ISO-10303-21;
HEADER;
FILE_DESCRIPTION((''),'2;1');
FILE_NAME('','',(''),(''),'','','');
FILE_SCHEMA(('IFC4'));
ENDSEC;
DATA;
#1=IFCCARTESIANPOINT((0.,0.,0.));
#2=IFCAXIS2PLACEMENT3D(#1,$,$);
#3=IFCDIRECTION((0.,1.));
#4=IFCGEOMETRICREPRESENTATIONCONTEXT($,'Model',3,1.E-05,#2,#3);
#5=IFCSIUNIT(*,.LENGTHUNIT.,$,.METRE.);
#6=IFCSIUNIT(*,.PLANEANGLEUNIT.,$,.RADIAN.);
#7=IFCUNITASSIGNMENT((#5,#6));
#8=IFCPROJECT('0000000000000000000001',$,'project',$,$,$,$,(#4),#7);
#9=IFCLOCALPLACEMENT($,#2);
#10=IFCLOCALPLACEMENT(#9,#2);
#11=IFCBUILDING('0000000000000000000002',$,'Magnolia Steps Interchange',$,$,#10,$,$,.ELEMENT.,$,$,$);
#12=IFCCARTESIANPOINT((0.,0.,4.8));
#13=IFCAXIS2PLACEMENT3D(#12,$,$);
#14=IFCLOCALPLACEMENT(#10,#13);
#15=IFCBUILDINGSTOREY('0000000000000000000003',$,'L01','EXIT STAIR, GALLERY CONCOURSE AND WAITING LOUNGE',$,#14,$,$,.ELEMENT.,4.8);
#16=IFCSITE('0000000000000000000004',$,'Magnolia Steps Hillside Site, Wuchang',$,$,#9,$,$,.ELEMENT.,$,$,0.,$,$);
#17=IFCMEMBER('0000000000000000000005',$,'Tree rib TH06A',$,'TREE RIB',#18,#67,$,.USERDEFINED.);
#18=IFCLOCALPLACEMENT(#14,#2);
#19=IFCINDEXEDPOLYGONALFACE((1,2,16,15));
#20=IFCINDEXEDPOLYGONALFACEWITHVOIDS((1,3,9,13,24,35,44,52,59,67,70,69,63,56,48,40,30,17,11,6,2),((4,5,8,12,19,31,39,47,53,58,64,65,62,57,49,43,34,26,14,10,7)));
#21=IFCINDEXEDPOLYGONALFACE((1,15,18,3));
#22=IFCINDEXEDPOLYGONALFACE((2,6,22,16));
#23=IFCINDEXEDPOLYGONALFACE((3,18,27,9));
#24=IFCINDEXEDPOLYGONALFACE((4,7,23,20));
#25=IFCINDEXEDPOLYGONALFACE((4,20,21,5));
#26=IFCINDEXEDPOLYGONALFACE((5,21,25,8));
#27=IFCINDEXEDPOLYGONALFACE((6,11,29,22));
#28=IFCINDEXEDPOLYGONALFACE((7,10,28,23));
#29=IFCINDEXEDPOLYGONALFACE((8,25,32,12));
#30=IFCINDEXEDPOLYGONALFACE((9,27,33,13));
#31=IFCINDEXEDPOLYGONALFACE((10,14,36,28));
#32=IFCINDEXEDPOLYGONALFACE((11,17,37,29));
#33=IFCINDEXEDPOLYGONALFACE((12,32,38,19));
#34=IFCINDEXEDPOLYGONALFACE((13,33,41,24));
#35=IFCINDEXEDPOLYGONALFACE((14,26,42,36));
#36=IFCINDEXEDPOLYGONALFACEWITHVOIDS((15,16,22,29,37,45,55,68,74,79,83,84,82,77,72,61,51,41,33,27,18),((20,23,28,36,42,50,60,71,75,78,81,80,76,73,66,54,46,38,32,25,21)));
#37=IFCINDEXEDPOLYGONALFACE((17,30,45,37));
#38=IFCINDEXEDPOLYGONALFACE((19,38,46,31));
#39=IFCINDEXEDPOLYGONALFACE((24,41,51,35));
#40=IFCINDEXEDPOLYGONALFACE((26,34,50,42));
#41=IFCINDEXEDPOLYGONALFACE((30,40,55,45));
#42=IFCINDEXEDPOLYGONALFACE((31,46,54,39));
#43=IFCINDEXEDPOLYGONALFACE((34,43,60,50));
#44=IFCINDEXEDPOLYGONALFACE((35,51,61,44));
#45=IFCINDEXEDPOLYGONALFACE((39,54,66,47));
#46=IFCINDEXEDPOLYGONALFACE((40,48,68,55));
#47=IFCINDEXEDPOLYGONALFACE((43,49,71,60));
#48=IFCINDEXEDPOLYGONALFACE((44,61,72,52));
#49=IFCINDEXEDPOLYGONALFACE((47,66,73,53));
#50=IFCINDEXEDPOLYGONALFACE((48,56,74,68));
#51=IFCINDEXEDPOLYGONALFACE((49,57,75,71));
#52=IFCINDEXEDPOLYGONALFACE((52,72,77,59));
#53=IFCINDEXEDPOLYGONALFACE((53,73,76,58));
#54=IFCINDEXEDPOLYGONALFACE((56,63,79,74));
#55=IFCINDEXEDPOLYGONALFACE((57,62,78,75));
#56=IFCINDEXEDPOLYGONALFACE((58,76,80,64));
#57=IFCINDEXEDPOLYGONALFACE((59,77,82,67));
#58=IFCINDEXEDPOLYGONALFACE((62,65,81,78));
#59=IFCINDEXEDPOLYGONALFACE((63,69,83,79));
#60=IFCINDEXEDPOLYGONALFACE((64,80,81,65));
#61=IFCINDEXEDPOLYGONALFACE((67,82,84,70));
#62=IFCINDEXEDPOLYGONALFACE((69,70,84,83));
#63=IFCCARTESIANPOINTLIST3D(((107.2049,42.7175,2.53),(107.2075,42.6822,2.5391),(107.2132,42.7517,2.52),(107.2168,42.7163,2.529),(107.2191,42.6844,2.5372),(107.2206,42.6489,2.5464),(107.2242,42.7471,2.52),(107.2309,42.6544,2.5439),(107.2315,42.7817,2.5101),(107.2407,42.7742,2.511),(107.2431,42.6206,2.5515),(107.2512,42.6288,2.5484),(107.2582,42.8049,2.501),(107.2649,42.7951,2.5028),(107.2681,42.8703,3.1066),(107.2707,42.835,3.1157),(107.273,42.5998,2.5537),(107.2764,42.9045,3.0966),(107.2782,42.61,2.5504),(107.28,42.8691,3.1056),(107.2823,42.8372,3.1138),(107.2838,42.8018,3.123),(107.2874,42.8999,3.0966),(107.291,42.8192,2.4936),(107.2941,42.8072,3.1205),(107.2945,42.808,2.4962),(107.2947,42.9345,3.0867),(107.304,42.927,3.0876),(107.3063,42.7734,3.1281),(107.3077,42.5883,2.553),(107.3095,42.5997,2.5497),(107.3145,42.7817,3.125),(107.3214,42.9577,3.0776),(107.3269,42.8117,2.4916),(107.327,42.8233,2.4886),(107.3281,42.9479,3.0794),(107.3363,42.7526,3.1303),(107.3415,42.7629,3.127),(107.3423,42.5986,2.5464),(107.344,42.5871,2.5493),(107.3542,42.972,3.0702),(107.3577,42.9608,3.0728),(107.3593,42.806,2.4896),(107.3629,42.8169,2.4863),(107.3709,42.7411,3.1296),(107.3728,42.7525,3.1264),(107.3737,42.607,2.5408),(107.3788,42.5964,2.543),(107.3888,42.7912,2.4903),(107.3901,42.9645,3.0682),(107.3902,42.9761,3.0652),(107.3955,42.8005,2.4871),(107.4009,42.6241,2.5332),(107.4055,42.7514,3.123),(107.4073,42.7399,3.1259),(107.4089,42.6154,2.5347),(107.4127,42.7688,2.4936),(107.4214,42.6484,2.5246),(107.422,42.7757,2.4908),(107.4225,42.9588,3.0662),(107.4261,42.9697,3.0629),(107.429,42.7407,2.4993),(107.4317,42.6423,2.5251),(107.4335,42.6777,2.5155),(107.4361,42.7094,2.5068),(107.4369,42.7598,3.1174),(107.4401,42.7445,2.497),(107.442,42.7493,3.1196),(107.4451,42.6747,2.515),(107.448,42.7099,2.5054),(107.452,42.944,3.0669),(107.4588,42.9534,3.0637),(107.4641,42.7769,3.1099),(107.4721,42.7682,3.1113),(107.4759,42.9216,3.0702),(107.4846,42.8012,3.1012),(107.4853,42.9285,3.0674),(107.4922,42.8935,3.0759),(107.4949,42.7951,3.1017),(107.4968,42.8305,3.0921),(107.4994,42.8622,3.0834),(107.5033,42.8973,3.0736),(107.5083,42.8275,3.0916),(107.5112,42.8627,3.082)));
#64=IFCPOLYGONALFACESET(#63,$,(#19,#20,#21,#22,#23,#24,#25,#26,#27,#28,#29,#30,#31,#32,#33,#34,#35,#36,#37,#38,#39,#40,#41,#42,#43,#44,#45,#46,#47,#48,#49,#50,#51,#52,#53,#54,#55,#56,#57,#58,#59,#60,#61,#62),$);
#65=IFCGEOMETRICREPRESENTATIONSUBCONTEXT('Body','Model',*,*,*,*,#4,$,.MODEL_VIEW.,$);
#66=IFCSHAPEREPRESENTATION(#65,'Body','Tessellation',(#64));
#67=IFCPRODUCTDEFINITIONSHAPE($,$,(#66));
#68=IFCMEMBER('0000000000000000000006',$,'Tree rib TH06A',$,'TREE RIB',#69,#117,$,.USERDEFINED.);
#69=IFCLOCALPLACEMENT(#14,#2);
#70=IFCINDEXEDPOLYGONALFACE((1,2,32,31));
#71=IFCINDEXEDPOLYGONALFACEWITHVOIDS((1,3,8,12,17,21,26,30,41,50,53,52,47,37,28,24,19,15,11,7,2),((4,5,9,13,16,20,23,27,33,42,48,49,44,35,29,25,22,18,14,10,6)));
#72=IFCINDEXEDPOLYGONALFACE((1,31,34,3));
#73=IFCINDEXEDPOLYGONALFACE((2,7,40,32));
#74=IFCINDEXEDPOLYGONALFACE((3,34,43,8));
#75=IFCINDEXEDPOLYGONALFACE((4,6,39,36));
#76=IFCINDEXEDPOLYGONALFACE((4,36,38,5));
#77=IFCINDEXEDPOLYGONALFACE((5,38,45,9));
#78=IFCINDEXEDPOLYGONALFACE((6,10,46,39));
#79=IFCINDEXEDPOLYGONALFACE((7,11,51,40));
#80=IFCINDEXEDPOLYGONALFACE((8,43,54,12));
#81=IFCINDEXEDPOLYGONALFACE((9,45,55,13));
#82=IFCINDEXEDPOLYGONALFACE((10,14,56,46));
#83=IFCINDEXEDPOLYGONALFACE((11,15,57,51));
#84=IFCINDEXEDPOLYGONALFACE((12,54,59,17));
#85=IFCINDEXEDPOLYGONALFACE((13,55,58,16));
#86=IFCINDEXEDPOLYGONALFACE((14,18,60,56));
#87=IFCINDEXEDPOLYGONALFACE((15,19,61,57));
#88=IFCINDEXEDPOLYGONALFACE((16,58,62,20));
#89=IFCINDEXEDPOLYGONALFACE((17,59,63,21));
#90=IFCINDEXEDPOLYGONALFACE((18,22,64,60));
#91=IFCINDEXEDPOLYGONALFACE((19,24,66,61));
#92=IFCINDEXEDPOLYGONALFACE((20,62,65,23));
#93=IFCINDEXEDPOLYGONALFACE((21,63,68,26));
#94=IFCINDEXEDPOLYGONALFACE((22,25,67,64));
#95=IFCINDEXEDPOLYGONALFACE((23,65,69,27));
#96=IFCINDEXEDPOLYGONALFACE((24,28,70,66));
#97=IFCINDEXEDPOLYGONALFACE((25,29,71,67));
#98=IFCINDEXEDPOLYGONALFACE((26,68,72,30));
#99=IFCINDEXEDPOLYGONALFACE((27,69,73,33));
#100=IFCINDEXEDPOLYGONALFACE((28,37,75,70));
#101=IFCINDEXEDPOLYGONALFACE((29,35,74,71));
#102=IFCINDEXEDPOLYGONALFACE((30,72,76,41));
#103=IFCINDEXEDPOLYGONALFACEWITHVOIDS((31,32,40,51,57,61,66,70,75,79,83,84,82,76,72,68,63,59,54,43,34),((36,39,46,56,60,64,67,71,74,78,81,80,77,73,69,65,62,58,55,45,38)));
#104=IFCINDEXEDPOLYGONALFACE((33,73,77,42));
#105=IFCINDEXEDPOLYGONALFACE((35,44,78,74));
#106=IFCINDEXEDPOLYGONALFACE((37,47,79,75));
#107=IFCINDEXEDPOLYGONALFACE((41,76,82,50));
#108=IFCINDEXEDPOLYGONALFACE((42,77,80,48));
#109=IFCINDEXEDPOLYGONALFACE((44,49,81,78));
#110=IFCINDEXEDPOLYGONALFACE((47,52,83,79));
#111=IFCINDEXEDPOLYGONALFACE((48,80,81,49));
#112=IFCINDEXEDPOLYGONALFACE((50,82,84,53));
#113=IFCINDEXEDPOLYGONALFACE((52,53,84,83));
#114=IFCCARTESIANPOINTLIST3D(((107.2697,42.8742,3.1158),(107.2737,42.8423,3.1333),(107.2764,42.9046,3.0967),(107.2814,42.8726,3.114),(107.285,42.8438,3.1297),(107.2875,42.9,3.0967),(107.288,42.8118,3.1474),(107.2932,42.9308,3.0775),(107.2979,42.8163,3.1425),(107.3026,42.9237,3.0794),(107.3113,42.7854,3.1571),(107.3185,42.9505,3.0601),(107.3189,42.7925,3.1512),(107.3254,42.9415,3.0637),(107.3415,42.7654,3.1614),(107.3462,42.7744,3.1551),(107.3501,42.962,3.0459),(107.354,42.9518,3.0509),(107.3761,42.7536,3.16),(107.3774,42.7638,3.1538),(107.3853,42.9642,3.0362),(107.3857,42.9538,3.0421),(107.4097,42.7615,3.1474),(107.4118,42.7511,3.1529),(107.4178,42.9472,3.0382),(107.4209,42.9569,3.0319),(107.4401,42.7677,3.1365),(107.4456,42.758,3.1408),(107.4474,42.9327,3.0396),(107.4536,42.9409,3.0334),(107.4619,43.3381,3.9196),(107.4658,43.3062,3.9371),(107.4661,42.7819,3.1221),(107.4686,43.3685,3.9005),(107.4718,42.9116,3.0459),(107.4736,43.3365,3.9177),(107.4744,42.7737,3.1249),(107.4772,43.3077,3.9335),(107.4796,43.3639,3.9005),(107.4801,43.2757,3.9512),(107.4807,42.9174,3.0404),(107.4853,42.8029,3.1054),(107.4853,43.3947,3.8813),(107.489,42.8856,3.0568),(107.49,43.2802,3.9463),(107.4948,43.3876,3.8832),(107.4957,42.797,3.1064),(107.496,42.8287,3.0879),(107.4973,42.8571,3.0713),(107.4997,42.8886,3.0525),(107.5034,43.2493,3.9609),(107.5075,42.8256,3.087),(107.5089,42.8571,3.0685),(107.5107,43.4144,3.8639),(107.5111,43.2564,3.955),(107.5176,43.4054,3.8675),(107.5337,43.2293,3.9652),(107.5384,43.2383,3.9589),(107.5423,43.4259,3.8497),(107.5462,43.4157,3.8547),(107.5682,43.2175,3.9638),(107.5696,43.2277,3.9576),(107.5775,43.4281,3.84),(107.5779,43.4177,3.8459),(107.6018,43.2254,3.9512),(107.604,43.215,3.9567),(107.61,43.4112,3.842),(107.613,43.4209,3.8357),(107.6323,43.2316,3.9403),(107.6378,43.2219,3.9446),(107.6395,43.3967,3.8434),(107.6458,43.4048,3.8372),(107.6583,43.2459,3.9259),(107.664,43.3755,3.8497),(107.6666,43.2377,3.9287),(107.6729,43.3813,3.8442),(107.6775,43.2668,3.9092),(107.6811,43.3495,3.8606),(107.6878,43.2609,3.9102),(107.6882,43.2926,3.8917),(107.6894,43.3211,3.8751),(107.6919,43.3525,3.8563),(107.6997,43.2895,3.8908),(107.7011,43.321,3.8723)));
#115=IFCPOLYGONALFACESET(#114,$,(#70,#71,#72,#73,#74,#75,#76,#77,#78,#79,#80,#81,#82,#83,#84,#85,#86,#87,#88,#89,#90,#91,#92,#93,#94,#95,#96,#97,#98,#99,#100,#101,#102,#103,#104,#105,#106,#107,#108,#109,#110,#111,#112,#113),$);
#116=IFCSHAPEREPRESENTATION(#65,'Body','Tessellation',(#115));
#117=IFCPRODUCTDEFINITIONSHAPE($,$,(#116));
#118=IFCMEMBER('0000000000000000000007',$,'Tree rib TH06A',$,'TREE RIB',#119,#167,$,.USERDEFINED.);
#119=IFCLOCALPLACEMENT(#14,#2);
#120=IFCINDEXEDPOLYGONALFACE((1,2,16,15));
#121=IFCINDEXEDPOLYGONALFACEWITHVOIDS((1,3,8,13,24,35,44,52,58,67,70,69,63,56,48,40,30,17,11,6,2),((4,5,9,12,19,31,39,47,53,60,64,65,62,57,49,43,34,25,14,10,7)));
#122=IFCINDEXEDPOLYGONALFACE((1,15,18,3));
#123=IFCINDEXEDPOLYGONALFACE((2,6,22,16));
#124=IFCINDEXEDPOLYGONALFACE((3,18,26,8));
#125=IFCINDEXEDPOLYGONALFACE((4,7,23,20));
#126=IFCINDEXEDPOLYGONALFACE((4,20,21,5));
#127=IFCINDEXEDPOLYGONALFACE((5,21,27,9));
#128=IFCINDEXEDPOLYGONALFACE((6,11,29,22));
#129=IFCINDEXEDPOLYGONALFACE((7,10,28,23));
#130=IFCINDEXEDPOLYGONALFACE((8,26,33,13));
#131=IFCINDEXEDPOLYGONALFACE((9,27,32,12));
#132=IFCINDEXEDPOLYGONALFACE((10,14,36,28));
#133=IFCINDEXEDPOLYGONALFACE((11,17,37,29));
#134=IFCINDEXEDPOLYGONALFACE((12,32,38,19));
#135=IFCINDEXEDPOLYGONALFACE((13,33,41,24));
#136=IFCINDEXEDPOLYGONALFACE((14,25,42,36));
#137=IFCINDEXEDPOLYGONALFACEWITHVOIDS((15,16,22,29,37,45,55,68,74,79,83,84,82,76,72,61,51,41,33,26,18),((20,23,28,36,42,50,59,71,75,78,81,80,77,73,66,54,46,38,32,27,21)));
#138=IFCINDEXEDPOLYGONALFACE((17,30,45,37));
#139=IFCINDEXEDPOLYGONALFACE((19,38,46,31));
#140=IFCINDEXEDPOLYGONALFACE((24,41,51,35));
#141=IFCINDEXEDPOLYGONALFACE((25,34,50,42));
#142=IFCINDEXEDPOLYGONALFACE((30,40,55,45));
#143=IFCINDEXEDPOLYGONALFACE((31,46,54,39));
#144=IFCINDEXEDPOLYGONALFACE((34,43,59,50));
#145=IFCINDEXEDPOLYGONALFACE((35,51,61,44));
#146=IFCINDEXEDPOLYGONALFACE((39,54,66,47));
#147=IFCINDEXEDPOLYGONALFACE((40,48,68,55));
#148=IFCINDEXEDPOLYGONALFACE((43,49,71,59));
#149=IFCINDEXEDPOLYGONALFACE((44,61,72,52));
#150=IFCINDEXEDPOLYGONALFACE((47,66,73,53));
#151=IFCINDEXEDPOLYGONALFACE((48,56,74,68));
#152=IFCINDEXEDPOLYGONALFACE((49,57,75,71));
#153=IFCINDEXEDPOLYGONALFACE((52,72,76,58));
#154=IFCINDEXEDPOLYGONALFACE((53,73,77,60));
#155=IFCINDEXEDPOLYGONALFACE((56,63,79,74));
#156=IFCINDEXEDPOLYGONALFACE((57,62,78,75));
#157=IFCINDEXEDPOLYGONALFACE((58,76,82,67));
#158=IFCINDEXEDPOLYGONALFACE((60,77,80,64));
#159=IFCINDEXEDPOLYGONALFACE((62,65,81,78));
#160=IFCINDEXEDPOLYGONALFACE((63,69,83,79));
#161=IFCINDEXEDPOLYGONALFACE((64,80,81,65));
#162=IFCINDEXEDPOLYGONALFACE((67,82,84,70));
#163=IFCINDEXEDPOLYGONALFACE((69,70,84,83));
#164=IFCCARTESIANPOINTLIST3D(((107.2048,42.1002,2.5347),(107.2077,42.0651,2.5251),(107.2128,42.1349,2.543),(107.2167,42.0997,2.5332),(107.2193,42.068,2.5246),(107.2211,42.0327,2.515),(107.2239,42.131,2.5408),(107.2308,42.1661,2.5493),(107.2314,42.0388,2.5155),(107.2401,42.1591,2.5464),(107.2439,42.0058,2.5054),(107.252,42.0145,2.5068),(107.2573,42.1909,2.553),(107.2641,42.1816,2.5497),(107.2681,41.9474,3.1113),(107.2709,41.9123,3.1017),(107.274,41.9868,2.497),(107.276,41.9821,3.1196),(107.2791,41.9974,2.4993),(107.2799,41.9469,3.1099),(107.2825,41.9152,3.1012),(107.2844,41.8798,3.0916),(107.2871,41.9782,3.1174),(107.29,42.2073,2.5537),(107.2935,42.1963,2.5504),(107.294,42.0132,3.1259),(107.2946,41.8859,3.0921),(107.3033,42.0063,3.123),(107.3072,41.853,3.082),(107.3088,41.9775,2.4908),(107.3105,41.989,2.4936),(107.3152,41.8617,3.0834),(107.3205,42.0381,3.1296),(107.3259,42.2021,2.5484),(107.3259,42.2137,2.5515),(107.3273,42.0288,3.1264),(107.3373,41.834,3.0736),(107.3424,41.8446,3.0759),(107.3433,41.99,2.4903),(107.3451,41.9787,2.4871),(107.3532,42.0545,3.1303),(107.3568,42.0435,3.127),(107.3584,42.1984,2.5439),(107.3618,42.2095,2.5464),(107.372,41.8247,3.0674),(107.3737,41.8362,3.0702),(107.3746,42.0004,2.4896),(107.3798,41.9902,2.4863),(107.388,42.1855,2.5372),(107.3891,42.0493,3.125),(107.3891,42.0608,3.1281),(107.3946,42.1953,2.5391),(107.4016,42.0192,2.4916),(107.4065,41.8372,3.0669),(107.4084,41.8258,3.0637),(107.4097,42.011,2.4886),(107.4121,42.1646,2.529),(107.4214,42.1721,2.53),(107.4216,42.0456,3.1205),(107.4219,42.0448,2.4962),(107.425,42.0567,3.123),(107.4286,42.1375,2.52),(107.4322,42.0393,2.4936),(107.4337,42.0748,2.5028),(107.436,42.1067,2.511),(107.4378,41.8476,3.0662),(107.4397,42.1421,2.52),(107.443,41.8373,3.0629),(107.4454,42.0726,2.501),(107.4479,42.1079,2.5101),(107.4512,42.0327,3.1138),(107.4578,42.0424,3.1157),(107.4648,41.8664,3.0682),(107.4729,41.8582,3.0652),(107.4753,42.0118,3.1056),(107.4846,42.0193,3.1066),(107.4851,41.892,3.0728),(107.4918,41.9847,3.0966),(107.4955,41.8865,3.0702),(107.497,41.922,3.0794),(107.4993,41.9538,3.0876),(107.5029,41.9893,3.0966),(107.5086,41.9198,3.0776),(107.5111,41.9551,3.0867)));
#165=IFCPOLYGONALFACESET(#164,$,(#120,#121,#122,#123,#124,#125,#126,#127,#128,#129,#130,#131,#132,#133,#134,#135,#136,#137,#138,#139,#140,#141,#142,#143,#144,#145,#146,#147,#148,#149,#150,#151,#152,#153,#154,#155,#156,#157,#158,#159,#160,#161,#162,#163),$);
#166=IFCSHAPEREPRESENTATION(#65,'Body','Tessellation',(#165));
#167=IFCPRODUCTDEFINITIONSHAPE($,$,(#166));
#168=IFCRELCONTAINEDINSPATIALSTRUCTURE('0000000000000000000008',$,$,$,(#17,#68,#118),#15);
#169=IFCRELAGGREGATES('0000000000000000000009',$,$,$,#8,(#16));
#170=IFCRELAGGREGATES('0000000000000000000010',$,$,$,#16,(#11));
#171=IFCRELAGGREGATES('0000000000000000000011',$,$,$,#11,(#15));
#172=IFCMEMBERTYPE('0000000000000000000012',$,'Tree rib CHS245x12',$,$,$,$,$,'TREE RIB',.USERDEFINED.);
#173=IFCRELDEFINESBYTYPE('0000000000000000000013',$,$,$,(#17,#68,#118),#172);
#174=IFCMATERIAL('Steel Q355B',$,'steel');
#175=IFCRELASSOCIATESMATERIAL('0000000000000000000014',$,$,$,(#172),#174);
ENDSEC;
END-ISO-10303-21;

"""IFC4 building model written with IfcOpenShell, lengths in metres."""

from ifc_helpers import new_model, si_unit, direction, frame, origin, origin_2d, place, context, subcontext, project, spatial, hollow_circle, extrude, material, material_profile, profile_set, type_object, element, save


model = new_model("IFC4")

# Units and contexts
model_context = context("Model", 3, precision=1e-05, world=origin(), true_north=direction((0.0, 1.0)))
body_context = subcontext(model_context, "Body", "Model", "MODEL_VIEW")
ifc_project = project(units=[si_unit("LENGTHUNIT", "METRE"), si_unit("PLANEANGLEUNIT", "RADIAN")], contexts=[model_context])

# Site, building, storey
site_placement = place(None, origin())
site = spatial("IfcSite", under=ifc_project, at=site_placement, Name="Magnolia Steps Hillside Site, Wuchang", CompositionType="ELEMENT", RefElevation=0.0)
building_placement = place(site_placement, origin())
building = spatial("IfcBuilding", under=site, at=building_placement, Name="Magnolia Steps Interchange", CompositionType="ELEMENT")
storey_placement = place(building_placement, frame((0.0, 0.0, 4.8)))
storey = spatial("IfcBuildingStorey", under=building, at=storey_placement, Name="L01", Description="EXIT STAIR, GALLERY CONCOURSE AND WAITING LOUNGE", CompositionType="ELEMENT", Elevation=4.8)

# Members
ifc_material_1 = material(Name="Steel Q355B", Category="steel")
ifc_material_profile_1 = material_profile(ifc_material_1, hollow_circle(Radius=0.1226, WallThickness=0.012, at=origin_2d()), Name="CHS245x12")
ifc_profile_set_1 = profile_set([ifc_material_profile_1], Name="Steel Q355B")
member_type = type_object("IfcMemberType", Name="Tree rib CHS245x12", ElementType="TREE RIB", PredefinedType="USERDEFINED", material=ifc_profile_set_1)
member_1_placement = place(storey_placement, frame((107.3264, 42.7048, 2.52), z_axis=(0.105403, 0.254758, 0.961243), x_axis=(-0.924035, 0.382308, 0.0)))
element("IfcMember", 1, at=member_1_placement, inside=storey, type_object=member_type, Name="Tree rib TH06A", ObjectType="TREE RIB", PredefinedType="USERDEFINED", context=body_context, shape_type="SweptSolid", body=[
    extrude(hollow_circle(Radius=0.1226, WallThickness=0.012, at=origin_2d()), origin(), (0.0, 0.0, 1.0), 0.5999),
])
member_2_placement = place(storey_placement, frame((107.3896, 42.8577, 3.0967), z_axis=(0.202753, 0.489492, 0.848109), x_axis=(-0.923881, 0.382681, 0.0)))
element("IfcMember", 2, at=member_2_placement, inside=storey, type_object=member_type, Name="Tree rib TH06A", ObjectType="TREE RIB", PredefinedType="USERDEFINED", context=body_context, shape_type="SweptSolid", body=[
    extrude(hollow_circle(Radius=0.1226, WallThickness=0.012, at=origin_2d()), origin(), (0.0, 0.0, 1.0), 0.9478),
])
member_3_placement = place(storey_placement, frame((107.3264, 42.0952, 2.52), z_axis=(0.105403, -0.254758, 0.961243), x_axis=(0.924035, 0.382308, 0.0)))
element("IfcMember", 3, at=member_3_placement, inside=storey, type_object=member_type, Name="Tree rib TH06A", ObjectType="TREE RIB", PredefinedType="USERDEFINED", context=body_context, shape_type="SweptSolid", body=[
    extrude(hollow_circle(Radius=0.1226, WallThickness=0.012, at=origin_2d()), origin(), (0.0, 0.0, 1.0), 0.5999),
])

save(model, "model.ifc")
